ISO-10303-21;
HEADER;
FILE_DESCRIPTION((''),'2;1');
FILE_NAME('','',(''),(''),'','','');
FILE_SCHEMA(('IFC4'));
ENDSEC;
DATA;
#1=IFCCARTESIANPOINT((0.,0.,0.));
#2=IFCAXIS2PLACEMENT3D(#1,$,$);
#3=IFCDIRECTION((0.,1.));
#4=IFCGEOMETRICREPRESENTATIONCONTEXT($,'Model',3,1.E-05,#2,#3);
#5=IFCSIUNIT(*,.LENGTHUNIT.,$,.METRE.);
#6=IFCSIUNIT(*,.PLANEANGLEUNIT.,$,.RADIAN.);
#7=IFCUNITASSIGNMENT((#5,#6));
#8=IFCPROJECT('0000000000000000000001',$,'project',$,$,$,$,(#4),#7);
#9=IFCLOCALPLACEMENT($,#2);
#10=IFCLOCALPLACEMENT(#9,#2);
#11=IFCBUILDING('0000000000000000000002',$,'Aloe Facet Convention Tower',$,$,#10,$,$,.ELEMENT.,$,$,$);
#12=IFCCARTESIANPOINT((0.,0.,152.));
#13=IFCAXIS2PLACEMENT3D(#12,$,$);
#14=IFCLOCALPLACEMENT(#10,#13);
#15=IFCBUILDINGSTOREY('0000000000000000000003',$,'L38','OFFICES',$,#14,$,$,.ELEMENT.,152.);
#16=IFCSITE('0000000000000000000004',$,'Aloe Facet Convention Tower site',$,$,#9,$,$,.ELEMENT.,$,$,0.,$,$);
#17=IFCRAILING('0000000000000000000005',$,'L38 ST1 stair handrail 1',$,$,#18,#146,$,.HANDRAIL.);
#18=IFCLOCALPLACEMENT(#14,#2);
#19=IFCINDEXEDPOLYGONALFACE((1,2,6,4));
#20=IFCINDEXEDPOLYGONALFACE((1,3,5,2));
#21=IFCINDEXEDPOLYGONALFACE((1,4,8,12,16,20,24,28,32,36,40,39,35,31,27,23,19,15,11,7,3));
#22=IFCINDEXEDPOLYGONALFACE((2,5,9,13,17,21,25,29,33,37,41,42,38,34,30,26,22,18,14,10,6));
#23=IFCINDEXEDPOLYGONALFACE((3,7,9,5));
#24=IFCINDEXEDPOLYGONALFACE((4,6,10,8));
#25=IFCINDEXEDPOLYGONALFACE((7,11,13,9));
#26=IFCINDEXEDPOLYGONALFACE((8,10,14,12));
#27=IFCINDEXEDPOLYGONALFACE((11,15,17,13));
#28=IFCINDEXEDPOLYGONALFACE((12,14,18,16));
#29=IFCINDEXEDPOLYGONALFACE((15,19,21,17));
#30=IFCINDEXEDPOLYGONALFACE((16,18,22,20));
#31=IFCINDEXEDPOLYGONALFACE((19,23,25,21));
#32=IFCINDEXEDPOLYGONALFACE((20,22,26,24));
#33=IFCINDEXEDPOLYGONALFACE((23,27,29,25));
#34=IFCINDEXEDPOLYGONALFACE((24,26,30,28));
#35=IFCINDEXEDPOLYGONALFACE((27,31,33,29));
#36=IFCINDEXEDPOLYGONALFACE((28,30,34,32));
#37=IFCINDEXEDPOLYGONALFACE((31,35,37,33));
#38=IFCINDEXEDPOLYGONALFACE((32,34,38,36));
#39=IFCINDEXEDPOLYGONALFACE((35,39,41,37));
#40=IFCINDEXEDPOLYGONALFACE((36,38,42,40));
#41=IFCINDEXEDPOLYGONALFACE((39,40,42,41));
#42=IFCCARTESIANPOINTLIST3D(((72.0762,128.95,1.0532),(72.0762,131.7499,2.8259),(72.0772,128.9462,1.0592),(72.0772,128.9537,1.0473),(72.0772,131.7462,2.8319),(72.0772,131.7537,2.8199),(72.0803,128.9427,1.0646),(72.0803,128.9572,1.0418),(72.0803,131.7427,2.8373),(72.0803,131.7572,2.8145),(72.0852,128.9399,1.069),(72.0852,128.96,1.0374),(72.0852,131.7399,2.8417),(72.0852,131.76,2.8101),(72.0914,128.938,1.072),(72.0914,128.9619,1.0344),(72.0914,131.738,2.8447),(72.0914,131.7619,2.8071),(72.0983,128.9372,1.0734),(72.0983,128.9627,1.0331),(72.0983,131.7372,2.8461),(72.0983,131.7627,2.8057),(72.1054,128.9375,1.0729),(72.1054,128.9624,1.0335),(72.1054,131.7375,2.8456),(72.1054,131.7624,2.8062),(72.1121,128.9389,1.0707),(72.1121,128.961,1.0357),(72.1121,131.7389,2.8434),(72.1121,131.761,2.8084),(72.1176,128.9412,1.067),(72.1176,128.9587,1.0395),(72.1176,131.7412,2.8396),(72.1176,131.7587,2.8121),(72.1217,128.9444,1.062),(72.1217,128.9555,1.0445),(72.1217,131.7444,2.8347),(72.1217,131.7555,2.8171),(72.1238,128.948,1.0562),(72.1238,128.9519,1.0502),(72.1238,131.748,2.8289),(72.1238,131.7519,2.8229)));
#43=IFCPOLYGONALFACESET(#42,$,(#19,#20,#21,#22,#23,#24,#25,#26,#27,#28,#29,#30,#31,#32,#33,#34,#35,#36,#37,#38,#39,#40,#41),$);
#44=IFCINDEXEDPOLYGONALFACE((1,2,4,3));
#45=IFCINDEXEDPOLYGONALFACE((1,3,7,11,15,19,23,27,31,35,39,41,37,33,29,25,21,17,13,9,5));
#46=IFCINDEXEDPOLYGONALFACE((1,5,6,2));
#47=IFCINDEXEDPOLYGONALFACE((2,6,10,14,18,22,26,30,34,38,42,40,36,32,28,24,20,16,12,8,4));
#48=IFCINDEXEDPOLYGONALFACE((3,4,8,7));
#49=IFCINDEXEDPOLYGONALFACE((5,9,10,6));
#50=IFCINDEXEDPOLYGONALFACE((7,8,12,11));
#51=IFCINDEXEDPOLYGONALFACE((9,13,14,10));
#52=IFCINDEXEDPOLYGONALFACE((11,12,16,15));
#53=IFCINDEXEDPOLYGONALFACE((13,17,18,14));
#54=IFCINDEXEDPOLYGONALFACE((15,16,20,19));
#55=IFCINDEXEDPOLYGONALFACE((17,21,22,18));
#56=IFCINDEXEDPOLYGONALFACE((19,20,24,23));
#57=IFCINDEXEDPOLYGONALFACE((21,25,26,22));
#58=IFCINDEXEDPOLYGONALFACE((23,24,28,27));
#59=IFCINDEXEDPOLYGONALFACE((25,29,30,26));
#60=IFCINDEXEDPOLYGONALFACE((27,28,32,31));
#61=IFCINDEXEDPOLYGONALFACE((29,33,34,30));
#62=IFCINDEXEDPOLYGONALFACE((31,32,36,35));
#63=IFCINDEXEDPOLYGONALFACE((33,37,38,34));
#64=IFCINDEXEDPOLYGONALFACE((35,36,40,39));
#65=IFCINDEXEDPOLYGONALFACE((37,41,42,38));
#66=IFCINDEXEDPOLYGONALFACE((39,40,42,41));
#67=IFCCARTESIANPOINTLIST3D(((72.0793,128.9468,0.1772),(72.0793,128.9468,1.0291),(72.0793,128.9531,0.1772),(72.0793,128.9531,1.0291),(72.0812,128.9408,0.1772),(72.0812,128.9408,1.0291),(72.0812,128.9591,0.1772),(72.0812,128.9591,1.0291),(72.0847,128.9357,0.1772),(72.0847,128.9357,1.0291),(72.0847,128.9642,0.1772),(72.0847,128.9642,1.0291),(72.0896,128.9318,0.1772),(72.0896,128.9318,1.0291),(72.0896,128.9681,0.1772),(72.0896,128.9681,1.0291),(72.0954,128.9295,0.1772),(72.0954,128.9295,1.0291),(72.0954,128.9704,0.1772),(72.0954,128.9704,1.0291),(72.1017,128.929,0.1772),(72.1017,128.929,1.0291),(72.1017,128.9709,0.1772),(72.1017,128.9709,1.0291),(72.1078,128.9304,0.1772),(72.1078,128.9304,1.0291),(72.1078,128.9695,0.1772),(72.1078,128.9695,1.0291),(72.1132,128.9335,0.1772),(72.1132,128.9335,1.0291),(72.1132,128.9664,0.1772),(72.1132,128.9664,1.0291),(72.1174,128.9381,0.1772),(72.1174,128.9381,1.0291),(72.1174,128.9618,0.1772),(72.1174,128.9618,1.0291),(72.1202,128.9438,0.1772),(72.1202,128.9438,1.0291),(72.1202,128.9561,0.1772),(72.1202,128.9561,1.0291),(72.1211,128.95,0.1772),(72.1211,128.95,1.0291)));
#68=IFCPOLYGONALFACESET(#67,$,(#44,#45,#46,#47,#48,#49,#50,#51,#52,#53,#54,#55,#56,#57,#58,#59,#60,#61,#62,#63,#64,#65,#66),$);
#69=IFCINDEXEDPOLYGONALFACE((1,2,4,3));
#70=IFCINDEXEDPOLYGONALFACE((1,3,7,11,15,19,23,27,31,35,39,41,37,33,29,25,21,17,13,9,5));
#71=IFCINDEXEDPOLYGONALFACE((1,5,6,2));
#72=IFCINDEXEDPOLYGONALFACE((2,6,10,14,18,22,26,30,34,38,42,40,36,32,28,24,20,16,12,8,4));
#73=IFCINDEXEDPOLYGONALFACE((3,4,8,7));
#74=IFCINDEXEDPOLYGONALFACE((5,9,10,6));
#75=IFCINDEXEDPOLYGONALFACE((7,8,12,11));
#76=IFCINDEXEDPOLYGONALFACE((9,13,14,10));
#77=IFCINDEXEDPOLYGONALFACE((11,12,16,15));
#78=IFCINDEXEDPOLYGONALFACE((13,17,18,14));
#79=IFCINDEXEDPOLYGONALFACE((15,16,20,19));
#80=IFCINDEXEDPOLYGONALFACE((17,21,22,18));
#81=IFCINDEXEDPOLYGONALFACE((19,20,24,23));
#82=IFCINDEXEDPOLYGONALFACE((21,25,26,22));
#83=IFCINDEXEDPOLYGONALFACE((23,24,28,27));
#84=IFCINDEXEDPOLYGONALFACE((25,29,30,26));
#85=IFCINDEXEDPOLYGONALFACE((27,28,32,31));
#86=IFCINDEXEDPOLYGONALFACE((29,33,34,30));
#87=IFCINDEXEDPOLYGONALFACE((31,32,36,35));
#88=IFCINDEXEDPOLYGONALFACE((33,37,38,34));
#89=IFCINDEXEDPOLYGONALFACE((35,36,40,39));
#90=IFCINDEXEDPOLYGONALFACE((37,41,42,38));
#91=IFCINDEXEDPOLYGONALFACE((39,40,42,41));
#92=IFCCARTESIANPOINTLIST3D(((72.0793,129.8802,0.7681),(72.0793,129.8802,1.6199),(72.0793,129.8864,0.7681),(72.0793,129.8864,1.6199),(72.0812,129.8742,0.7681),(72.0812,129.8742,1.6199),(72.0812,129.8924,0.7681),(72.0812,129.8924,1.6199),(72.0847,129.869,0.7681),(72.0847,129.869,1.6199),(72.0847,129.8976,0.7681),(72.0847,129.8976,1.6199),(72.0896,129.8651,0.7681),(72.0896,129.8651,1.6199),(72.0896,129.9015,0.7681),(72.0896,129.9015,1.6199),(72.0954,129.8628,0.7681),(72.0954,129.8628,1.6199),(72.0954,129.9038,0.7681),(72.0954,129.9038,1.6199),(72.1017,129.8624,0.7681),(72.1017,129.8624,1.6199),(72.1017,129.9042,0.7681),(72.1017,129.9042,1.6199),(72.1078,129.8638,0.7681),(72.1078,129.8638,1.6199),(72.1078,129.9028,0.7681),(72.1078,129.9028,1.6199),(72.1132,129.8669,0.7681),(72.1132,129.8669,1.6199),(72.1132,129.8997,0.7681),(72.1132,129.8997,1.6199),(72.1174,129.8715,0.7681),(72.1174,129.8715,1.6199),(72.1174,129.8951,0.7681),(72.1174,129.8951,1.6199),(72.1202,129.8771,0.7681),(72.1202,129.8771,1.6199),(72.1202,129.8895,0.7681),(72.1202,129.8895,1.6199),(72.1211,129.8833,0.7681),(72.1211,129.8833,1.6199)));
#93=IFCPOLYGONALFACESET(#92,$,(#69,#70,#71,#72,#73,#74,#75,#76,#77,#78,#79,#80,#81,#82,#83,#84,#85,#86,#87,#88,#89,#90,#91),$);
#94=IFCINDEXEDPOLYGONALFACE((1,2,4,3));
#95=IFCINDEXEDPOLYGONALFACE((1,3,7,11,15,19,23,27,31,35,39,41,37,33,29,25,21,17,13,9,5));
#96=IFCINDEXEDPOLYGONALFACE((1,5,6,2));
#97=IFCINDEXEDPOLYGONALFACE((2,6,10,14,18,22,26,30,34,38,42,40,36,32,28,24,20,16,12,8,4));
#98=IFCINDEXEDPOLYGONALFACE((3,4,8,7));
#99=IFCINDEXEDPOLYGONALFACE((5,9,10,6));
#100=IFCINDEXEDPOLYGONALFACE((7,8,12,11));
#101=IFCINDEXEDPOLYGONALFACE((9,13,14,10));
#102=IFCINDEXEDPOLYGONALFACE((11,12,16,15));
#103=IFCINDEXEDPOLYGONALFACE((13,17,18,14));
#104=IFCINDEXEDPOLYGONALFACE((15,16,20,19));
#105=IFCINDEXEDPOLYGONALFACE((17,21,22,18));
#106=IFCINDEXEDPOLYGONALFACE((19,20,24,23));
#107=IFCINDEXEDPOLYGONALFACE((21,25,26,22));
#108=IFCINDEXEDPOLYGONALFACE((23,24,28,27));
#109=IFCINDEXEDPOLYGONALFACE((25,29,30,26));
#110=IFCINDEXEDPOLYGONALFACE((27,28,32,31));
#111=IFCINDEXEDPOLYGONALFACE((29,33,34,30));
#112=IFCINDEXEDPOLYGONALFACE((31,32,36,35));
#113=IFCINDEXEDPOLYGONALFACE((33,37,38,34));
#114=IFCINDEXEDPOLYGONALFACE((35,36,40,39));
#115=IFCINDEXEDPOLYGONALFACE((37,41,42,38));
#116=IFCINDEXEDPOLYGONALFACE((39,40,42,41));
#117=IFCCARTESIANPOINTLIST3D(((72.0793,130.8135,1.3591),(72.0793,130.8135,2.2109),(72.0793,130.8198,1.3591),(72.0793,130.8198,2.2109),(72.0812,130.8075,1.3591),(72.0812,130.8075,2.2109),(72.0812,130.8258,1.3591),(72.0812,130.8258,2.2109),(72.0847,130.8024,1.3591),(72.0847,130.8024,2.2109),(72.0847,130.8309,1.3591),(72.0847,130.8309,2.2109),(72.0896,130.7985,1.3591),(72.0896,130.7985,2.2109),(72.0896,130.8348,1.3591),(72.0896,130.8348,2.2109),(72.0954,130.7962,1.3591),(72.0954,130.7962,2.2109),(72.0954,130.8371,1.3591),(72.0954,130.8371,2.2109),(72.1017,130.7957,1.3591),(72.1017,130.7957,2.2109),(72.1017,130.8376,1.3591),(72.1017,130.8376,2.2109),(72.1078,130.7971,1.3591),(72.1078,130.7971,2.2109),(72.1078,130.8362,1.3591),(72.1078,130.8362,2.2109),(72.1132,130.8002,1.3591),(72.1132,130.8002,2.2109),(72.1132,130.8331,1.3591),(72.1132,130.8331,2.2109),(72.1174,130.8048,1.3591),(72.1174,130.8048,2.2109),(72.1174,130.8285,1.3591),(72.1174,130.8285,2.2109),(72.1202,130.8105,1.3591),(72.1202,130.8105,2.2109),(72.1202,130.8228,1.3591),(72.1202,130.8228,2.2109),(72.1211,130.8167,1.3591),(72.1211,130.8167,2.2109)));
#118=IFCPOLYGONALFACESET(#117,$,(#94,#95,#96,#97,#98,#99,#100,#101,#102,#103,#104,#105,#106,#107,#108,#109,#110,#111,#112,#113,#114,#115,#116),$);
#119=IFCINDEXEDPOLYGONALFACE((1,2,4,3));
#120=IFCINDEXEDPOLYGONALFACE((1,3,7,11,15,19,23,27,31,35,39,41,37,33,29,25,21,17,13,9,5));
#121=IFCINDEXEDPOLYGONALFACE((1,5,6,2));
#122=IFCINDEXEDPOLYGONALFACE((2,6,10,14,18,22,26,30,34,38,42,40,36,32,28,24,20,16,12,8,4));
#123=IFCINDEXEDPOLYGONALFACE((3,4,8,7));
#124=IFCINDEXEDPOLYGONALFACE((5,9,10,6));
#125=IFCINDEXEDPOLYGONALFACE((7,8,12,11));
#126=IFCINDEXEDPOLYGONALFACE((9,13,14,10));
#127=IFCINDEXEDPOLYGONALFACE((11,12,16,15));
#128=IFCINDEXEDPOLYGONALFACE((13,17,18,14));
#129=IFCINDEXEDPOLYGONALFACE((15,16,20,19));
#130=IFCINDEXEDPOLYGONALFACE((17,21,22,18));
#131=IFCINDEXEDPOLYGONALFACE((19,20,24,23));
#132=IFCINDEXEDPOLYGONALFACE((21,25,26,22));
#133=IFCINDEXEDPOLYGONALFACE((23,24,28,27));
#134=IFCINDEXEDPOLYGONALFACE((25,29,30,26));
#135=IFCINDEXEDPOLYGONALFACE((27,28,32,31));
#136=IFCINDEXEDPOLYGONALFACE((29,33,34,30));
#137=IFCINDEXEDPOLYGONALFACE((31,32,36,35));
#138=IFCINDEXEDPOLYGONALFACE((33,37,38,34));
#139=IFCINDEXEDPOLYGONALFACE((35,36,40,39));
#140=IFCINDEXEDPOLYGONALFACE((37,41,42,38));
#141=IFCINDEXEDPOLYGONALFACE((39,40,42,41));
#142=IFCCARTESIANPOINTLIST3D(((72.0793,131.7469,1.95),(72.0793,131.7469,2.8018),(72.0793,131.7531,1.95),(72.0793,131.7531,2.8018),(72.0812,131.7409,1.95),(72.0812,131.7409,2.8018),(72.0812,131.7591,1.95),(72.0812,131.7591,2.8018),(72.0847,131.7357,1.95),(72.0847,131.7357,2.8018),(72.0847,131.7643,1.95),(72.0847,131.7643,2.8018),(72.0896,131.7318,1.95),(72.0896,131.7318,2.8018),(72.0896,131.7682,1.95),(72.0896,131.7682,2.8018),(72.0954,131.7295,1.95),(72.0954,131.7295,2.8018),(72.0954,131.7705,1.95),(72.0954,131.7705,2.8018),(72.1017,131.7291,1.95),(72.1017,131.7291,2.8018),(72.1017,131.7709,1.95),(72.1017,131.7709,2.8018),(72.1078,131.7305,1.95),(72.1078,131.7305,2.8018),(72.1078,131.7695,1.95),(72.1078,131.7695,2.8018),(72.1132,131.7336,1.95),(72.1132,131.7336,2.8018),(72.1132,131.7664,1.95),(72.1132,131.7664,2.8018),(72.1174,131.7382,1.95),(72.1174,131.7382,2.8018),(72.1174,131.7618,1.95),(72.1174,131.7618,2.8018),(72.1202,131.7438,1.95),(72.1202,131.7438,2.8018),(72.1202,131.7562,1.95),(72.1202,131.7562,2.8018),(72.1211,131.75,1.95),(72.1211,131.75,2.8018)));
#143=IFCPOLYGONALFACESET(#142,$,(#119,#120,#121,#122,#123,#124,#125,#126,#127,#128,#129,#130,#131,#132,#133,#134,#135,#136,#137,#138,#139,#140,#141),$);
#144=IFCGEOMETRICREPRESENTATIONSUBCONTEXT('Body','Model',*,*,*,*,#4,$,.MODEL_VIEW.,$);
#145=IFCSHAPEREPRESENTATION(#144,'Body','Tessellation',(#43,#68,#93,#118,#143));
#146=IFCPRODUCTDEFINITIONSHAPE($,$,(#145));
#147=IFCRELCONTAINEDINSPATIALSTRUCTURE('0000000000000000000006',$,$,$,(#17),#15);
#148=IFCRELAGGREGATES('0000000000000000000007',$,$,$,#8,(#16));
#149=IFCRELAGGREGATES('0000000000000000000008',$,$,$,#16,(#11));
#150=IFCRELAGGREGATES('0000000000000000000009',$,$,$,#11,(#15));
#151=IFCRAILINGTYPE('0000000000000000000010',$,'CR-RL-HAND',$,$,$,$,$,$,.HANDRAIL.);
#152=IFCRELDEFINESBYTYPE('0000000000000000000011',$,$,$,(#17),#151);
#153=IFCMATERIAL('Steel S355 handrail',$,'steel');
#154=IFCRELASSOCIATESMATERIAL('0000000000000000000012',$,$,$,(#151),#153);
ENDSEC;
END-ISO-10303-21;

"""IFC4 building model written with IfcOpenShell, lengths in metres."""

from ifc_helpers import new_model, si_unit, direction, frame, origin, origin_2d, place, context, subcontext, project, spatial, circle, extrude, material, type_object, element, save


model = new_model("IFC4")

# Units and contexts
model_context = context("Model", 3, precision=1e-05, world=origin(), true_north=direction((0.0, 1.0)))
body_context = subcontext(model_context, "Body", "Model", "MODEL_VIEW")
ifc_project = project(units=[si_unit("LENGTHUNIT", "METRE"), si_unit("PLANEANGLEUNIT", "RADIAN")], contexts=[model_context])

# Site, building, storey
site_placement = place(None, origin())
site = spatial("IfcSite", under=ifc_project, at=site_placement, Name="Aloe Facet Convention Tower site", CompositionType="ELEMENT", RefElevation=0.0)
building_placement = place(site_placement, origin())
building = spatial("IfcBuilding", under=site, at=building_placement, Name="Aloe Facet Convention Tower", CompositionType="ELEMENT")
storey_placement = place(building_placement, frame((0.0, 0.0, 152.0)))
storey = spatial("IfcBuildingStorey", under=building, at=storey_placement, Name="L38", Description="OFFICES", CompositionType="ELEMENT", Elevation=152.0)

# Railing
ifc_material_1 = material(Name="Steel S355 handrail", Category="steel")
railing_type_1 = type_object("IfcRailingType", Name="CR-RL-HAND", PredefinedType="HANDRAIL", material=ifc_material_1)
railing_1_placement = place(storey_placement, frame((72.1001, 128.95, 0.1772)))
element("IfcRailing", 1, at=railing_1_placement, inside=storey, type_object=railing_type_1, Name="L38 ST1 stair handrail 1", PredefinedType="HANDRAIL", context=body_context, shape_type="SweptSolid", body=[
    extrude(circle(Radius=0.0239, at=origin_2d()), frame((0.0, 0.0, 0.876), z_axis=(0.0, 0.844909, 0.53491), x_axis=(-1.0, 0.0, 0.0)), (0.0, 0.0, 1.0), 3.314),
    extrude(circle(Radius=0.021, at=origin_2d()), origin(), (0.0, 0.0, 1.0), 0.8518),
    extrude(circle(Radius=0.021, at=origin_2d()), frame((0.0, 0.9333, 0.5908)), (0.0, 0.0, 1.0), 0.8518),
    extrude(circle(Radius=0.021, at=origin_2d()), frame((0.0, 1.8667, 1.1819)), (0.0, 0.0, 1.0), 0.8518),
    extrude(circle(Radius=0.021, at=origin_2d()), frame((0.0, 2.8, 1.7727)), (0.0, 0.0, 1.0), 0.8518),
])

save(model, "model.ifc")
